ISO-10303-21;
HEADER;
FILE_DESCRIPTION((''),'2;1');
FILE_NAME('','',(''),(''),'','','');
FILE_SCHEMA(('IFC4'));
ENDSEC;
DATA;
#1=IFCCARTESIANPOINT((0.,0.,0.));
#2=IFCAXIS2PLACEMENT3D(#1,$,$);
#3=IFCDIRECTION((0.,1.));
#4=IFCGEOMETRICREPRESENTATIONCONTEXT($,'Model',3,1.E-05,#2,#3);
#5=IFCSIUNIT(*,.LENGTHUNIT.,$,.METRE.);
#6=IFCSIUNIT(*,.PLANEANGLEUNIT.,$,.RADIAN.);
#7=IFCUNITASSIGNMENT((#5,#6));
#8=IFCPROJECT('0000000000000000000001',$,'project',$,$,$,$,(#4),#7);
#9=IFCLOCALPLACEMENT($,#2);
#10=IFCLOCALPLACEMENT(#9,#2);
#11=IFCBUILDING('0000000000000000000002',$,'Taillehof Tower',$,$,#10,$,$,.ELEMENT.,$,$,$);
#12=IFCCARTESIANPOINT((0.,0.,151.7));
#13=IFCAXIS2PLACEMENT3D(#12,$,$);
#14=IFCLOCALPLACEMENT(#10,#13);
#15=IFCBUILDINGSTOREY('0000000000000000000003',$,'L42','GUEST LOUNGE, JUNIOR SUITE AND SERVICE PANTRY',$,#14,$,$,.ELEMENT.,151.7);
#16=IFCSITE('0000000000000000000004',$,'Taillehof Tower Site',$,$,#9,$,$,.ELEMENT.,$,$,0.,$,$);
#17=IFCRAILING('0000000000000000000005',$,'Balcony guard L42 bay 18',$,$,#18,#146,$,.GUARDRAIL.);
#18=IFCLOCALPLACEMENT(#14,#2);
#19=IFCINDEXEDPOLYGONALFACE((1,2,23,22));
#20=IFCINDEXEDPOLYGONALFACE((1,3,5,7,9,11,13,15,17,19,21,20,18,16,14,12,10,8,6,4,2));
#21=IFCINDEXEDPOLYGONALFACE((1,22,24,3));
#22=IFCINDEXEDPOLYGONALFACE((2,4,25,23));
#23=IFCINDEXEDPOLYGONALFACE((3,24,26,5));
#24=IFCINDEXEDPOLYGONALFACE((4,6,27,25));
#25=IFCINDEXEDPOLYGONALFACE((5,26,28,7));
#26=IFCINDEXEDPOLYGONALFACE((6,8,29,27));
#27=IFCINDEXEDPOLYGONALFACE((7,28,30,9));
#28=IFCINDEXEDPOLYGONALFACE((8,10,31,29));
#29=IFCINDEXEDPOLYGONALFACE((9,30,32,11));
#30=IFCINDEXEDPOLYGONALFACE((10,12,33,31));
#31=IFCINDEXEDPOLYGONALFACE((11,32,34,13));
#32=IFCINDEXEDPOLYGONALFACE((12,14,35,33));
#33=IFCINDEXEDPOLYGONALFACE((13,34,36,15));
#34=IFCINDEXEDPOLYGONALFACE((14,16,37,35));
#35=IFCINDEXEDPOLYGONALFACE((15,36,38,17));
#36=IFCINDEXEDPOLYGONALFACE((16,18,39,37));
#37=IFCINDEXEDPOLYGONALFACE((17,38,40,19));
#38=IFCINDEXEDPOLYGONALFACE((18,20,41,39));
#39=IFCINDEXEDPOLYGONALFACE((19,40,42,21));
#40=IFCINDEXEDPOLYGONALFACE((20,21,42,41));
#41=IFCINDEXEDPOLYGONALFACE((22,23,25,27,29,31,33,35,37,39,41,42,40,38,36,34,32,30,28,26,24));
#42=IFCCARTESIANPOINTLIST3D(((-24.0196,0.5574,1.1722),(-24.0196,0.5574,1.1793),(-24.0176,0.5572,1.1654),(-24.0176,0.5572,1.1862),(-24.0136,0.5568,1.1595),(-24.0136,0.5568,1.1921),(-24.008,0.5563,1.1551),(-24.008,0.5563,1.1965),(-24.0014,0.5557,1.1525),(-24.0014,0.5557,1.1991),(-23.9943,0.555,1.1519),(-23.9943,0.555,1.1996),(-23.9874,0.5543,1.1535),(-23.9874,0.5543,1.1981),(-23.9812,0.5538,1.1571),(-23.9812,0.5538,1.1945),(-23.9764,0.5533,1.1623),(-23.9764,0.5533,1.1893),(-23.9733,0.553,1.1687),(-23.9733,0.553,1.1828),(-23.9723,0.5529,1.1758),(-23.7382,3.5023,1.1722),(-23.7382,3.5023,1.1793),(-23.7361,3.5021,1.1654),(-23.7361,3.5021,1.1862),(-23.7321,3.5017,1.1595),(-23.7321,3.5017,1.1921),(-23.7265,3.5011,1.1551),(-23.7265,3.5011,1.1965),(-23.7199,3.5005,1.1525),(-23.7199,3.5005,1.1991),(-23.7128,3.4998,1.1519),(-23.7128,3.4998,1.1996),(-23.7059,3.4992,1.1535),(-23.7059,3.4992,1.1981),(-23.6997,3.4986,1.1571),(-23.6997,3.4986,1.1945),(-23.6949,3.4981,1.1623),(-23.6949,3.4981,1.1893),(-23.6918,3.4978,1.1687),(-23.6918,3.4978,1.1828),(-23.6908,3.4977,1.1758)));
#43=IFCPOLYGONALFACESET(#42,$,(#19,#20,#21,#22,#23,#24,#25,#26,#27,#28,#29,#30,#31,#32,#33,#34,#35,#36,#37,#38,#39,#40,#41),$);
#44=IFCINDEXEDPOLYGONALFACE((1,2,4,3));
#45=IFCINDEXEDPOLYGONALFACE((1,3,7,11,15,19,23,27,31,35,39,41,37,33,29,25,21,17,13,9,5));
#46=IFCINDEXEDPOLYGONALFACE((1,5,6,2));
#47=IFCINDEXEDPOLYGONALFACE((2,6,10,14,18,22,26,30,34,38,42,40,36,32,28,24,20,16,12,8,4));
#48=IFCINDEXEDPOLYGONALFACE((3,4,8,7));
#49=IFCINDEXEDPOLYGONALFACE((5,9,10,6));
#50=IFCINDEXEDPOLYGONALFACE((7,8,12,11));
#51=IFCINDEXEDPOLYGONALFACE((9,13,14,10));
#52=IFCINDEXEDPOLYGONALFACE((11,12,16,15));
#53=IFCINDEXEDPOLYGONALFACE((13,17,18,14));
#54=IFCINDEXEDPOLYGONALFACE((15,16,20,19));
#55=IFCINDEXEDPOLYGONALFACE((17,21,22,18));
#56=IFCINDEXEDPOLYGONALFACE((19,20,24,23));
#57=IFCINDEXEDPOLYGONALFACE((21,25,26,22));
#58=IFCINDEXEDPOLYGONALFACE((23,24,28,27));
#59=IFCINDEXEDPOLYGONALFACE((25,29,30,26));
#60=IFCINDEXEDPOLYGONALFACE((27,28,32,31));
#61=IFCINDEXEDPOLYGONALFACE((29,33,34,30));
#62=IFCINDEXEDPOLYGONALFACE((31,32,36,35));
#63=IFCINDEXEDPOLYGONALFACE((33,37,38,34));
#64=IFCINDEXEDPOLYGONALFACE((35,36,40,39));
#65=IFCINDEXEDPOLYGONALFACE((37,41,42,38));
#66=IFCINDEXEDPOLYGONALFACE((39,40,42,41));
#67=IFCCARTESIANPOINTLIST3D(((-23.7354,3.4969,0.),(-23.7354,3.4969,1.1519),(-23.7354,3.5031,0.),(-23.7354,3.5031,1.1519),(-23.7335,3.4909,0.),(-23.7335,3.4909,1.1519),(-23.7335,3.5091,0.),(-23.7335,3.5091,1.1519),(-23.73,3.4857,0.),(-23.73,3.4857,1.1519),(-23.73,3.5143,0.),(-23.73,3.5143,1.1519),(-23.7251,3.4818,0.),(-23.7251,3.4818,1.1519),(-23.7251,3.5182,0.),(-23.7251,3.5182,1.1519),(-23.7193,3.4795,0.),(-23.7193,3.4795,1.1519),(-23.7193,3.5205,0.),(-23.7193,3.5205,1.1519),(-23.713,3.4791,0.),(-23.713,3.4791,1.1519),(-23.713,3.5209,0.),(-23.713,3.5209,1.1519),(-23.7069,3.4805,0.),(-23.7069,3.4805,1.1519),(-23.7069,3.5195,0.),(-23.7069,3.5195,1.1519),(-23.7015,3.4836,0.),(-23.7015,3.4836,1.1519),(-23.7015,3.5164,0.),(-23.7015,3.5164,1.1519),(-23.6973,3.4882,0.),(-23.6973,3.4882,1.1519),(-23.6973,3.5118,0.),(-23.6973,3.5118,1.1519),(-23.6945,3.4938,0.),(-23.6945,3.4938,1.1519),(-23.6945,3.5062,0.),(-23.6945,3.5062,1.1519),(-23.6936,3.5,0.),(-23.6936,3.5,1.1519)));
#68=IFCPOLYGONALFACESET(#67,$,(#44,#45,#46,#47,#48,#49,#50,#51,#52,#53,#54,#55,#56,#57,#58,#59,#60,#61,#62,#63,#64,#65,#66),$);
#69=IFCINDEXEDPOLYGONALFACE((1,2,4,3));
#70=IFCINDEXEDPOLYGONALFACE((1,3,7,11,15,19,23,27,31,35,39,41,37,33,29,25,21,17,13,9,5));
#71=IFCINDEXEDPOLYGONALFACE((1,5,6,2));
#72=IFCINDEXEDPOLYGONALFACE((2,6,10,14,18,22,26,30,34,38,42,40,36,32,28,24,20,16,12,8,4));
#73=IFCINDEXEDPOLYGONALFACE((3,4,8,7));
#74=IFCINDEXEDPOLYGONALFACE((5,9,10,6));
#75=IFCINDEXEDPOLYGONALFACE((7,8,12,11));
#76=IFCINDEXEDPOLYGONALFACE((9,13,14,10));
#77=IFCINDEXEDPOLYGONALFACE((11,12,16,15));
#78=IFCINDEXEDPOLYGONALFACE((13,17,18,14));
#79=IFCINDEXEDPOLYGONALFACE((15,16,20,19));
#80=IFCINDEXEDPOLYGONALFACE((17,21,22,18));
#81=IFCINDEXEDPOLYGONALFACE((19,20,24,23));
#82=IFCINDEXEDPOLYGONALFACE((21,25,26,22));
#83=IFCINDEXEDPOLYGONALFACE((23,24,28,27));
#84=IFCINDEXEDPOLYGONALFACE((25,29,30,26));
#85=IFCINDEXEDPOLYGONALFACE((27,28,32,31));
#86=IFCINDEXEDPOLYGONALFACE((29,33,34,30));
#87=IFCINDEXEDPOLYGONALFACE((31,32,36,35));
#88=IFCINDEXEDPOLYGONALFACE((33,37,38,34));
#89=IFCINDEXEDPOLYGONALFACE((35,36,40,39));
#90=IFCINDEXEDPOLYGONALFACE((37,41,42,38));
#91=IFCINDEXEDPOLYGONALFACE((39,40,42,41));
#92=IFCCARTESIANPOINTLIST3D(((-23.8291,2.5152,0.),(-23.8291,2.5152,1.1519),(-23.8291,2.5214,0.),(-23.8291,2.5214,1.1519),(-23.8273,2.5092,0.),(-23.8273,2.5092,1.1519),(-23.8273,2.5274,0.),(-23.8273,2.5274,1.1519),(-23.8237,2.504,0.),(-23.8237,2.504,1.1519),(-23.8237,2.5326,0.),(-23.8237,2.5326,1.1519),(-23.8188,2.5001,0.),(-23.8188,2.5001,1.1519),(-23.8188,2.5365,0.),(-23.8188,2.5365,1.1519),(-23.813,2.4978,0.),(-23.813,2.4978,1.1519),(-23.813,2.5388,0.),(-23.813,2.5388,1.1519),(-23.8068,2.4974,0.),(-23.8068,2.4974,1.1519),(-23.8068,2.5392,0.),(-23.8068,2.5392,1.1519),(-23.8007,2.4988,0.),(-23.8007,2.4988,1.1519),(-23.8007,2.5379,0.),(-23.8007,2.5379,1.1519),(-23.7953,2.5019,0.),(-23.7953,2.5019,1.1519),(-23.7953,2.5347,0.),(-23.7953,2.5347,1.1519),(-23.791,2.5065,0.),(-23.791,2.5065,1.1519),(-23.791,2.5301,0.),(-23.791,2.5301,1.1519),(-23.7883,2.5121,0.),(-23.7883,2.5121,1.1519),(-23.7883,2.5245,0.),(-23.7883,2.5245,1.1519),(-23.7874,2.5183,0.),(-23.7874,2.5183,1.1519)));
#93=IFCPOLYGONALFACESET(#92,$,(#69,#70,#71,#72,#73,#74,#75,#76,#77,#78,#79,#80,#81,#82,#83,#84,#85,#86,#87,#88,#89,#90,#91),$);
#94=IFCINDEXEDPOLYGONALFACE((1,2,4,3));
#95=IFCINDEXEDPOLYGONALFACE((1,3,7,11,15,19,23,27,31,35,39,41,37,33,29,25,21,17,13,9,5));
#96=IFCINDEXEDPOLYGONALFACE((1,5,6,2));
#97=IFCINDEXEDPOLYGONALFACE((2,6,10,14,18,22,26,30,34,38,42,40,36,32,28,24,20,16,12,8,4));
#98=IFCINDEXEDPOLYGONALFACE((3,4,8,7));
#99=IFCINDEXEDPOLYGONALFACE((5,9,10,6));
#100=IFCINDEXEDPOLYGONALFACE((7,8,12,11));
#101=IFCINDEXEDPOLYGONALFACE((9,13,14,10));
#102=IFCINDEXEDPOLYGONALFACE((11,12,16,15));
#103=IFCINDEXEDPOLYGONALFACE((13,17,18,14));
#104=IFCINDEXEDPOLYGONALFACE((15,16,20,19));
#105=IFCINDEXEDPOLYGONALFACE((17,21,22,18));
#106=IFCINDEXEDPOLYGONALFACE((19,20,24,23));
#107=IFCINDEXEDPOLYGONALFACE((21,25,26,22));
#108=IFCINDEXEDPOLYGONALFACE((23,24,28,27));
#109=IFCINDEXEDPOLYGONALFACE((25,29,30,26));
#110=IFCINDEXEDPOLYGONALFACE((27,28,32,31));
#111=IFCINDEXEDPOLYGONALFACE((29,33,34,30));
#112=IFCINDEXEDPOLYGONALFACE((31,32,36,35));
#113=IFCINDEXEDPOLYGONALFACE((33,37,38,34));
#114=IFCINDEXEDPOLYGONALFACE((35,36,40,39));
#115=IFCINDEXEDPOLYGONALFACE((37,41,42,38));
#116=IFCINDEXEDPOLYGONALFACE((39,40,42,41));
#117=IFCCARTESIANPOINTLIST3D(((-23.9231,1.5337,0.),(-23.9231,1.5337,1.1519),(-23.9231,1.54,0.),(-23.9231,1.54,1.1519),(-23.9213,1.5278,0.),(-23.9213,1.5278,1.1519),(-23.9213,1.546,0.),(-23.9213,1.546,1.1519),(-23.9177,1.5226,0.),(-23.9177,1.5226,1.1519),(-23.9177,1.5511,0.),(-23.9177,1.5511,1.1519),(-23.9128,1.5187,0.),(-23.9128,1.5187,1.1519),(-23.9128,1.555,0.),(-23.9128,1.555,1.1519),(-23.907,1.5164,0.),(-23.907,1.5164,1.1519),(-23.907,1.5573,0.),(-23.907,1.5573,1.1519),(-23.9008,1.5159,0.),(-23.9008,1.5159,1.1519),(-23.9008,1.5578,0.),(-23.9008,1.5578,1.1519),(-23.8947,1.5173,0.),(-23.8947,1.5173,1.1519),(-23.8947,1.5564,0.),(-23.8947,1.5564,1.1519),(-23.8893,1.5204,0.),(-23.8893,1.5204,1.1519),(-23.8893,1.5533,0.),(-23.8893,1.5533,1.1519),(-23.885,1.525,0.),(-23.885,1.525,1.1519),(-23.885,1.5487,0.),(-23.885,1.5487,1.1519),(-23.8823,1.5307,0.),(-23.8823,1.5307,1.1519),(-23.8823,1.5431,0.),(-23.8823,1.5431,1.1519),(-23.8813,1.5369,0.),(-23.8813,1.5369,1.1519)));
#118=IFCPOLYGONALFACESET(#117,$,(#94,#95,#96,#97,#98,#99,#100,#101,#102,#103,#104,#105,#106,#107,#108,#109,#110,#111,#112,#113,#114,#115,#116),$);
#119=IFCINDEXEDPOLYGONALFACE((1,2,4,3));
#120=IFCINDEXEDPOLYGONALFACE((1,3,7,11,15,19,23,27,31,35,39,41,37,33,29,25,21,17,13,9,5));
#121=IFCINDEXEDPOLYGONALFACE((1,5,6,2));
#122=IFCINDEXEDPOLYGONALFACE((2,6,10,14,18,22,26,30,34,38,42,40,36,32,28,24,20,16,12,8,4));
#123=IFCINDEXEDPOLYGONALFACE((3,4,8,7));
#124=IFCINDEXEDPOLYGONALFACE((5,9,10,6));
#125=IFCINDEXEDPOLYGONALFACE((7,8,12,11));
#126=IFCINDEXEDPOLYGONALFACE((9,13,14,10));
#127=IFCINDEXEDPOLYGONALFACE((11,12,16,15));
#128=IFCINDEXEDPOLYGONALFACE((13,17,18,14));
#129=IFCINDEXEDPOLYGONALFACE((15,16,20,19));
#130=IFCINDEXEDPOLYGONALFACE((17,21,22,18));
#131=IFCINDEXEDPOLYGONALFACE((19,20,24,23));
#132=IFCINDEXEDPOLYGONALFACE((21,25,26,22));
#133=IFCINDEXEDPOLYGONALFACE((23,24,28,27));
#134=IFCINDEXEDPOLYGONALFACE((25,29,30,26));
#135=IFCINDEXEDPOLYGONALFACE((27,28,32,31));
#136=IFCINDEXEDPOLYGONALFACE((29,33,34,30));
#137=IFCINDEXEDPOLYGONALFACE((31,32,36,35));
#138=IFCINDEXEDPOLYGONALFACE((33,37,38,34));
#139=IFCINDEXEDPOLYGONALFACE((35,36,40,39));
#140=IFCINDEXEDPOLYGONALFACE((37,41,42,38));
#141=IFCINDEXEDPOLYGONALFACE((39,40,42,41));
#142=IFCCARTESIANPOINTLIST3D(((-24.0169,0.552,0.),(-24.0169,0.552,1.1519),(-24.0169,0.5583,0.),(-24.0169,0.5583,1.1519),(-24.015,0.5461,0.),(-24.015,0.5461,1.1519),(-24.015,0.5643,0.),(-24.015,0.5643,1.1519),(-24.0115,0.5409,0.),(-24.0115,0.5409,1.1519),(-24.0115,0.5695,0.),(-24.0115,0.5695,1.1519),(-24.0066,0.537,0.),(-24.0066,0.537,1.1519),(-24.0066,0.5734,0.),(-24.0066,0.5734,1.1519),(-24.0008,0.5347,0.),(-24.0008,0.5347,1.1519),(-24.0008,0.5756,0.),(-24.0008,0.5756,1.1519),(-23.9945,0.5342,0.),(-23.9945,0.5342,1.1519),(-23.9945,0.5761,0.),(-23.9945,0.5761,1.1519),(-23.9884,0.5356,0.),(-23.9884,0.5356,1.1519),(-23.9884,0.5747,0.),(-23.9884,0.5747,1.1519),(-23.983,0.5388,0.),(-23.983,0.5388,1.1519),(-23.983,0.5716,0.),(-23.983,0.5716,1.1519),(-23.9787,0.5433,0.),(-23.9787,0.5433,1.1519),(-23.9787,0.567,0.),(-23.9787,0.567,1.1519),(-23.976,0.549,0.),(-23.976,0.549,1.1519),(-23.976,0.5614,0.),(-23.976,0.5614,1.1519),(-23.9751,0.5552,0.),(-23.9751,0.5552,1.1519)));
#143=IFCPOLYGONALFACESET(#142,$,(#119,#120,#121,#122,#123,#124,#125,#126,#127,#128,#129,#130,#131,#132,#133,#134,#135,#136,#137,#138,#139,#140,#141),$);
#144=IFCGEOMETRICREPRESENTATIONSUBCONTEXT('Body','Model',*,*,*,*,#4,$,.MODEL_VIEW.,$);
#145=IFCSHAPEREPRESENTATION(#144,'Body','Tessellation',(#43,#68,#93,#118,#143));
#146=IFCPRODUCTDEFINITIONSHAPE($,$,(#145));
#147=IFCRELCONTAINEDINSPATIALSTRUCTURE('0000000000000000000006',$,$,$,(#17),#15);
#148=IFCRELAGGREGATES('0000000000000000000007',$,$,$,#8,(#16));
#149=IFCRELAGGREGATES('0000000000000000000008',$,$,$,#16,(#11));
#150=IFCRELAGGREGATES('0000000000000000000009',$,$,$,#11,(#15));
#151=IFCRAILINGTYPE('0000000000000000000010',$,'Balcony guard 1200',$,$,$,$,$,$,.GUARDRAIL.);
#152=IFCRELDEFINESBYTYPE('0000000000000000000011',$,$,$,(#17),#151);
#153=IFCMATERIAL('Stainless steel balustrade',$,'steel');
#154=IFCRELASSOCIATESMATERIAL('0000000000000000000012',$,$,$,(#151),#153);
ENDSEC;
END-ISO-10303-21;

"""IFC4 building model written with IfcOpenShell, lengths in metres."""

from ifc_helpers import new_model, si_unit, direction, frame, origin, origin_2d, place, context, subcontext, project, spatial, circle, extrude, material, type_object, element, save


model = new_model("IFC4")

# Units and contexts
model_context = context("Model", 3, precision=1e-05, world=origin(), true_north=direction((0.0, 1.0)))
body_context = subcontext(model_context, "Body", "Model", "MODEL_VIEW")
ifc_project = project(units=[si_unit("LENGTHUNIT", "METRE"), si_unit("PLANEANGLEUNIT", "RADIAN")], contexts=[model_context])

# Site, building, storey
site_placement = place(None, origin())
site = spatial("IfcSite", under=ifc_project, at=site_placement, Name="Taillehof Tower Site", CompositionType="ELEMENT", RefElevation=0.0)
building_placement = place(site_placement, origin())
building = spatial("IfcBuilding", under=site, at=building_placement, Name="Taillehof Tower", CompositionType="ELEMENT")
storey_placement = place(building_placement, frame((0.0, 0.0, 151.7)))
storey = spatial("IfcBuildingStorey", under=building, at=storey_placement, Name="L42", Description="GUEST LOUNGE, JUNIOR SUITE AND SERVICE PANTRY", CompositionType="ELEMENT", Elevation=151.7)

# Railing
ifc_material_1 = material(Name="Stainless steel balustrade", Category="steel")
railing_type = type_object("IfcRailingType", Name="Balcony guard 1200", PredefinedType="GUARDRAIL", material=ifc_material_1)
railing_placement = place(storey_placement, frame((-23.7146, 3.5, 0.0)))
element("IfcRailing", 1, at=railing_placement, inside=storey, type_object=railing_type, Name="Balcony guard L42 bay 18", PredefinedType="GUARDRAIL", context=body_context, shape_type="SweptSolid", body=[
    extrude(circle(Radius=0.0239, at=origin_2d()), frame((0.0, 0.0, 1.1758), z_axis=(-0.095156, -0.995462, 0.0), x_axis=(0.995462, -0.095156, 0.0)), (0.0, 0.0, 1.0), 2.9583),
    extrude(circle(Radius=0.021, at=origin_2d()), origin(), (0.0, 0.0, 1.0), 1.1519),
    extrude(circle(Radius=0.021, at=origin_2d()), frame((-0.0938, -0.9817, 0.0)), (0.0, 0.0, 1.0), 1.1519),
    extrude(circle(Radius=0.021, at=origin_2d()), frame((-0.1877, -1.9631, 0.0)), (0.0, 0.0, 1.0), 1.1519),
    extrude(circle(Radius=0.021, at=origin_2d()), frame((-0.2815, -2.9448, 0.0)), (0.0, 0.0, 1.0), 1.1519),
])

save(model, "model.ifc")
